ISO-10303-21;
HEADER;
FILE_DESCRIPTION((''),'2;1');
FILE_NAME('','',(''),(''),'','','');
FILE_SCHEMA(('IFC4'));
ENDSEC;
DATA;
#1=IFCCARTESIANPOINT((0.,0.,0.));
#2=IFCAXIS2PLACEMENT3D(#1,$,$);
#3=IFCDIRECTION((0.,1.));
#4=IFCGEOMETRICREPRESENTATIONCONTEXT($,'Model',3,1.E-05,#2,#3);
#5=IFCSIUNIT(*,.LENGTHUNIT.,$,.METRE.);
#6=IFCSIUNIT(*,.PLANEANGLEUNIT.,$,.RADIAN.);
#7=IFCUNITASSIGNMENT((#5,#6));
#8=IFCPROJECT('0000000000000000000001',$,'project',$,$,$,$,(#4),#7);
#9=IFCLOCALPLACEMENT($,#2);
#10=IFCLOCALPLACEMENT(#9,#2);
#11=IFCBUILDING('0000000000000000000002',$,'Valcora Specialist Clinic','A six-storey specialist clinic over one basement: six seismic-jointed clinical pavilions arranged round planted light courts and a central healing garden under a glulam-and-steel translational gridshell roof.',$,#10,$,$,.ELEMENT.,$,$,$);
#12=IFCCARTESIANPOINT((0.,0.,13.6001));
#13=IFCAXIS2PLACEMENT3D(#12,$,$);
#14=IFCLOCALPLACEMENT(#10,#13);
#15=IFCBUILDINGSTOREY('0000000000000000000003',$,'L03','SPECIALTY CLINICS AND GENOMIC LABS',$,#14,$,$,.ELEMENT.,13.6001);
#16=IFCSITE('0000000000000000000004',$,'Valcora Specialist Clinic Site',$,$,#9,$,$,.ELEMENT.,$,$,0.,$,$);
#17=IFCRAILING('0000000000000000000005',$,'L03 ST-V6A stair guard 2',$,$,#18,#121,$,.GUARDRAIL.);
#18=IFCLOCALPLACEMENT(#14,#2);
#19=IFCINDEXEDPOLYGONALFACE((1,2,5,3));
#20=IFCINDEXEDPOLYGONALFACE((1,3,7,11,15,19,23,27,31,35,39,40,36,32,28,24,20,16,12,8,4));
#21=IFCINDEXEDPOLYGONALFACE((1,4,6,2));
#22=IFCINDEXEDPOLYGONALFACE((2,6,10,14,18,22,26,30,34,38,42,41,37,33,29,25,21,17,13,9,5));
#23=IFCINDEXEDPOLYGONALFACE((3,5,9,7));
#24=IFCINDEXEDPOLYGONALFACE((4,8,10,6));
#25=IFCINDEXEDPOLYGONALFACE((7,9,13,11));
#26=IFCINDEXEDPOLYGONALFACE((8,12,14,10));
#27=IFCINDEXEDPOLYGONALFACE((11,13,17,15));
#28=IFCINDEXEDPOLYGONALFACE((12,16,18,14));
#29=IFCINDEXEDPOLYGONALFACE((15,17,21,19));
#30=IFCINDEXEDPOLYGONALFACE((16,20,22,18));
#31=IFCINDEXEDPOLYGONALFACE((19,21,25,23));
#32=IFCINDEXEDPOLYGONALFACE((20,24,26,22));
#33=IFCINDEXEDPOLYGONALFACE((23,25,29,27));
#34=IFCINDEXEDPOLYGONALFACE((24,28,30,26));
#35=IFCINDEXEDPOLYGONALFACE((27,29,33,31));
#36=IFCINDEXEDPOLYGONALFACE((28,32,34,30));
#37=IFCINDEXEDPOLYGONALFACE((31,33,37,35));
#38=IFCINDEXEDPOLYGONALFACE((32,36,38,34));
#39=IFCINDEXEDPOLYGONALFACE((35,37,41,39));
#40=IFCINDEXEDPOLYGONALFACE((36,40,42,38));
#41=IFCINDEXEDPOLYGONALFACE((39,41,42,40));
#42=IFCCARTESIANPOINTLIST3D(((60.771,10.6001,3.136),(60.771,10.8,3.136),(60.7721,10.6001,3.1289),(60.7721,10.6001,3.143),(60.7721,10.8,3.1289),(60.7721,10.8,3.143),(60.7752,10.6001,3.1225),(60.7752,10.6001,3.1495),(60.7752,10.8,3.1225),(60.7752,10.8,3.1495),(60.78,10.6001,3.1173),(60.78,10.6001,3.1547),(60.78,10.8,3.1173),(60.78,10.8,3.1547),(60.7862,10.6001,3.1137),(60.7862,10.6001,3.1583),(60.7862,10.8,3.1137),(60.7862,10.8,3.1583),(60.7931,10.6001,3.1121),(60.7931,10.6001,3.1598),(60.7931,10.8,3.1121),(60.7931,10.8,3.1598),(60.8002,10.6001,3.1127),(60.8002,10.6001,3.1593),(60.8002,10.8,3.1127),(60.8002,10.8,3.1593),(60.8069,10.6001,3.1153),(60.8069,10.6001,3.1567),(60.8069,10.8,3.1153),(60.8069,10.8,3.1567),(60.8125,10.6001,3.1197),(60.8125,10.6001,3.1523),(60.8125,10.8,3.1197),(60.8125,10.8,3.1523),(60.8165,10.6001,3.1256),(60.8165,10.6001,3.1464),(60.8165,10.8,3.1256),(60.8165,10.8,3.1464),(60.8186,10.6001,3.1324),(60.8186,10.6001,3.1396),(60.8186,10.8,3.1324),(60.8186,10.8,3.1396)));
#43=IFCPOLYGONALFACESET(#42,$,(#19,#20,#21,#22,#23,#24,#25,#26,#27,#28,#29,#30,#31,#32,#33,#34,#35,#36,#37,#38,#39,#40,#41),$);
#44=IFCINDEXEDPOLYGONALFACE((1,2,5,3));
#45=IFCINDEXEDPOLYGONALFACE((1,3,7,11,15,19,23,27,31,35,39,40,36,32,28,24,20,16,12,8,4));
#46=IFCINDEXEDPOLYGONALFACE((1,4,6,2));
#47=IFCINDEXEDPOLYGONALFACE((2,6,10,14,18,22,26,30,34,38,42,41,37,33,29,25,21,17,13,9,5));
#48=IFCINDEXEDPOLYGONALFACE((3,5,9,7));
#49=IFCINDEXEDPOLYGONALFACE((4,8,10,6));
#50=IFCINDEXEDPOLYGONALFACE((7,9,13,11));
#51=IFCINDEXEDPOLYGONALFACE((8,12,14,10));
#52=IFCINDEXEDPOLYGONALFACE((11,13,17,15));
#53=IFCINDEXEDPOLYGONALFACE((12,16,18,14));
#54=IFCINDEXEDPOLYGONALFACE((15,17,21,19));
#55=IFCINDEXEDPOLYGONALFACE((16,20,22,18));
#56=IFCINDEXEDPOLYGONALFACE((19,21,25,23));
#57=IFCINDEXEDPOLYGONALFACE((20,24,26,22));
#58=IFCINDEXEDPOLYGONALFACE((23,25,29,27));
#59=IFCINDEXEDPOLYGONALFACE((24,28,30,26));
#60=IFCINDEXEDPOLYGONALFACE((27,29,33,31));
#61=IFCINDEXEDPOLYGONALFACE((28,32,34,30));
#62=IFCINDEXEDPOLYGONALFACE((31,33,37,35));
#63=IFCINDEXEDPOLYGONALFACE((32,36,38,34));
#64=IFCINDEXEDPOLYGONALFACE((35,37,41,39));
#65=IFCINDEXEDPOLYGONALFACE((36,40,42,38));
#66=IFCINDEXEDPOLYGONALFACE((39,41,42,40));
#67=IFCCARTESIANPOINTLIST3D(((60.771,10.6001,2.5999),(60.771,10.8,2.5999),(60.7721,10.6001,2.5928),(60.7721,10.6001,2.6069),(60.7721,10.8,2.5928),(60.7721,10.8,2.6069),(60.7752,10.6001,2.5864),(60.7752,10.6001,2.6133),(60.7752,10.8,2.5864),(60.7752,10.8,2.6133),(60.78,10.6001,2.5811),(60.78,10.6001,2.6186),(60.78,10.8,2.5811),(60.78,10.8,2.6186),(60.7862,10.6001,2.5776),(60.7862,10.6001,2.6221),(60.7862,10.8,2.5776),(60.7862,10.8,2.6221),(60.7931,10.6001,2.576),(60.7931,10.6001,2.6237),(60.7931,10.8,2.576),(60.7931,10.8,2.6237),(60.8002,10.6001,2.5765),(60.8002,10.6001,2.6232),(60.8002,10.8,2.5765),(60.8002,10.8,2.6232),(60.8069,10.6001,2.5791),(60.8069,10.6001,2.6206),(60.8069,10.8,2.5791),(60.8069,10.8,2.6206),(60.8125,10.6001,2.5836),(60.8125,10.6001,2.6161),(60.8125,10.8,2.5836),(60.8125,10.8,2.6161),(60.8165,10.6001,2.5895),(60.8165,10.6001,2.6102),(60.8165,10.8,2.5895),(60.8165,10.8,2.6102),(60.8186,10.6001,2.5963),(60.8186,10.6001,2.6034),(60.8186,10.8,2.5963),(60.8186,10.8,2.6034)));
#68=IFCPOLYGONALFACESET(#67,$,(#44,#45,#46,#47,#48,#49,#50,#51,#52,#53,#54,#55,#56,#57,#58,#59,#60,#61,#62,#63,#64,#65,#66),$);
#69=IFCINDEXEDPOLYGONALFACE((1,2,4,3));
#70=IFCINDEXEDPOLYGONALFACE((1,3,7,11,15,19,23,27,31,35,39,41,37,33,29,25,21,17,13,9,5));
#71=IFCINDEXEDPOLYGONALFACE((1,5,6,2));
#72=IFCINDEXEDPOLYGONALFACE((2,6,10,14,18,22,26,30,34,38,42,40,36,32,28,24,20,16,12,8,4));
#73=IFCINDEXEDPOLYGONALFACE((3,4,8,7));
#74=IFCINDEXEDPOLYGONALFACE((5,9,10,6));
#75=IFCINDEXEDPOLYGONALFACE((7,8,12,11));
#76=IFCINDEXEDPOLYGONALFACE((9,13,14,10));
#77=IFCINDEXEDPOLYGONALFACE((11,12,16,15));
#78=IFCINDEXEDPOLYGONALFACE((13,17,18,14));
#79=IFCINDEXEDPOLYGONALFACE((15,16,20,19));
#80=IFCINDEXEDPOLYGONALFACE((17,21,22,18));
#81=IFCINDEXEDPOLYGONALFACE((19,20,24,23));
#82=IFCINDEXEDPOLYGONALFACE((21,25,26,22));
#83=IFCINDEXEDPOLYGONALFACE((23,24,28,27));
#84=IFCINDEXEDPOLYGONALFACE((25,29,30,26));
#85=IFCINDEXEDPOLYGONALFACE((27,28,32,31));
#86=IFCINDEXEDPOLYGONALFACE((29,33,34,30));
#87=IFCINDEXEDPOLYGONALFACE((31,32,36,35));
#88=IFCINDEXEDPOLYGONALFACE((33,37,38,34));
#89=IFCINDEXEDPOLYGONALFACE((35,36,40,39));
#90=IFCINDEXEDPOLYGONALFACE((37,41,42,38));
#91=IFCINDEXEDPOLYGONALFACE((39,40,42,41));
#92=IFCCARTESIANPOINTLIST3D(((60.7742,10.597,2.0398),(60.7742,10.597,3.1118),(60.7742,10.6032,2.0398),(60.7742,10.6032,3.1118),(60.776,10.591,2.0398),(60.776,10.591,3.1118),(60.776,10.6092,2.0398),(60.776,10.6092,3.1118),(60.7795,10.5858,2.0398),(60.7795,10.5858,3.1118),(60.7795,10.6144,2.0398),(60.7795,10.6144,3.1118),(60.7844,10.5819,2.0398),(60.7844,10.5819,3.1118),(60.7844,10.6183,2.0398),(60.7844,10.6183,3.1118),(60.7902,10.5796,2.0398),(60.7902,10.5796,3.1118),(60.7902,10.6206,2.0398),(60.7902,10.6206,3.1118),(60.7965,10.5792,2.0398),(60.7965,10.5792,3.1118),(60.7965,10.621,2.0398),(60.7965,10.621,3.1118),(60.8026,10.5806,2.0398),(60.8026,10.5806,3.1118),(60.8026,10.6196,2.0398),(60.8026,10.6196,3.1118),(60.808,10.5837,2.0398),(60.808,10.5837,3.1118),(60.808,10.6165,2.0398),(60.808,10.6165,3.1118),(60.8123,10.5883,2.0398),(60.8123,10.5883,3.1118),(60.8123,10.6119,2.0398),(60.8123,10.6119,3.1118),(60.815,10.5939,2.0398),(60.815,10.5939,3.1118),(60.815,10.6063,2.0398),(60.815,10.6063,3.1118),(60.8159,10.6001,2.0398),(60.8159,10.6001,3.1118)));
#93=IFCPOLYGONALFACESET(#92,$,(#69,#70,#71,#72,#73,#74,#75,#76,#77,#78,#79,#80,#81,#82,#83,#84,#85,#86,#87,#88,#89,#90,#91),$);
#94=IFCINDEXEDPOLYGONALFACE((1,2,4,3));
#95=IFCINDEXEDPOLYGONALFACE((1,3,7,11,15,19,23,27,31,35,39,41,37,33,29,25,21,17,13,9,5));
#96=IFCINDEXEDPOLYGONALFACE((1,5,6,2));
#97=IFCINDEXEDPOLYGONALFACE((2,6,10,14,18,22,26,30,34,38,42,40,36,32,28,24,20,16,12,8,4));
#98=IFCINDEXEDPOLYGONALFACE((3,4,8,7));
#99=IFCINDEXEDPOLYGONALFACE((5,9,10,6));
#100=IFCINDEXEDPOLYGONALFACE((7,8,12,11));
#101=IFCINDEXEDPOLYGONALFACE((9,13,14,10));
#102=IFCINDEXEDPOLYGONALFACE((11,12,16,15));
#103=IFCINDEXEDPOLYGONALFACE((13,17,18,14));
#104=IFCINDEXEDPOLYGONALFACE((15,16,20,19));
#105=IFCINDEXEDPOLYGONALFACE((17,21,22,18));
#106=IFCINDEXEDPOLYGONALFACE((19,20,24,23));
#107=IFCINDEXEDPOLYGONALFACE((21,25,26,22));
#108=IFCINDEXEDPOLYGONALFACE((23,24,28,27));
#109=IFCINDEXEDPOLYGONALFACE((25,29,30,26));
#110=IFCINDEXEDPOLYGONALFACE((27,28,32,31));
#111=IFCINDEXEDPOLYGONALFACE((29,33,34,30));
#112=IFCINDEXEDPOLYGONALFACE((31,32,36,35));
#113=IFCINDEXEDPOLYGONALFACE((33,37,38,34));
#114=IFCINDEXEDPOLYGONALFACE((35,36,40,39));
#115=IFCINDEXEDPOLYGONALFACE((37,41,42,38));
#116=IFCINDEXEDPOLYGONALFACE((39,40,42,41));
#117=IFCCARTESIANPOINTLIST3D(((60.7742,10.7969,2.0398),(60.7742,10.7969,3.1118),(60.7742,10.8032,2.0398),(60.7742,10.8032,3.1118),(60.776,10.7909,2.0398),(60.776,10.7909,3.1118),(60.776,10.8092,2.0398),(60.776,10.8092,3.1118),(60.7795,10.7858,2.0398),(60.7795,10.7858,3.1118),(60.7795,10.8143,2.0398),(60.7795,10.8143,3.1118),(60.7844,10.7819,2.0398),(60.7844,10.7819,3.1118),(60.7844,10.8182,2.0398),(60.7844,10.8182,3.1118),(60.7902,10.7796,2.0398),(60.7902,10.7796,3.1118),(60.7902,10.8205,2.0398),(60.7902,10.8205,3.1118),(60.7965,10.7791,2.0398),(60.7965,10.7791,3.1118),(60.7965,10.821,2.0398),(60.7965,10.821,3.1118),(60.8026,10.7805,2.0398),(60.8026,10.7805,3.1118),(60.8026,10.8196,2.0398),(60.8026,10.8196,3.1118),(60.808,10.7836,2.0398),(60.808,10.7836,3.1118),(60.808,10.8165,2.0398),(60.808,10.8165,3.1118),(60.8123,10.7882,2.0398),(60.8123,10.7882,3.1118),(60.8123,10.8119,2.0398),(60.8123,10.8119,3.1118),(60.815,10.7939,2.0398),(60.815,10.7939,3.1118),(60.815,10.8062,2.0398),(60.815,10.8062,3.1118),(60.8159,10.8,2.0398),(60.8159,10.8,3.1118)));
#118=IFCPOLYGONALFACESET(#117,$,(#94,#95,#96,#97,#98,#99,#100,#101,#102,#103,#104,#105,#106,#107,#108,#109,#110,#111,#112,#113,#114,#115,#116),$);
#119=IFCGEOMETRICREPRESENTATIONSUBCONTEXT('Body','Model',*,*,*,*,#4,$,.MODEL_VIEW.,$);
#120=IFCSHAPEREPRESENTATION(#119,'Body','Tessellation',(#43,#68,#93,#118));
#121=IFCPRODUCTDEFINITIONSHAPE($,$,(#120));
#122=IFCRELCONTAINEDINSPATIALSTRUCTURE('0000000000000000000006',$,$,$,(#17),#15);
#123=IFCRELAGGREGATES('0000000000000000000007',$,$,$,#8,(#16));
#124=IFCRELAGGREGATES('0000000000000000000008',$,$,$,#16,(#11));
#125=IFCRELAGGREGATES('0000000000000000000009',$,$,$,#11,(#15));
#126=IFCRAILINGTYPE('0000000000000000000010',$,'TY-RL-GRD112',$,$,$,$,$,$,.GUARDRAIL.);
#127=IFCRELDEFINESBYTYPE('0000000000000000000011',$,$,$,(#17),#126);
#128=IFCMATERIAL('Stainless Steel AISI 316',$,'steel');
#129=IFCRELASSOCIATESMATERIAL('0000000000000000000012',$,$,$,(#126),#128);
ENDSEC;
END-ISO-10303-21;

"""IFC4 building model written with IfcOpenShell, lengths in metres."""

from ifc_helpers import new_model, si_unit, direction, frame, origin, origin_2d, place, context, subcontext, project, spatial, circle, extrude, material, type_object, element, save


model = new_model("IFC4")

# Units and contexts
model_context = context("Model", 3, precision=1e-05, world=origin(), true_north=direction((0.0, 1.0)))
body_context = subcontext(model_context, "Body", "Model", "MODEL_VIEW")
ifc_project = project(units=[si_unit("LENGTHUNIT", "METRE"), si_unit("PLANEANGLEUNIT", "RADIAN")], contexts=[model_context])

# Site, building, storey
site_placement = place(None, origin())
site = spatial("IfcSite", under=ifc_project, at=site_placement, Name="Valcora Specialist Clinic Site", CompositionType="ELEMENT", RefElevation=0.0)
building_placement = place(site_placement, origin())
building = spatial("IfcBuilding", under=site, at=building_placement, Name="Valcora Specialist Clinic", Description="A six-storey specialist clinic over one basement: six seismic-jointed clinical pavilions arranged round planted light courts and a central healing garden under a glulam-and-steel translational gridshell roof.", CompositionType="ELEMENT")
storey_placement = place(building_placement, frame((0.0, 0.0, 13.6001)))
storey = spatial("IfcBuildingStorey", under=building, at=storey_placement, Name="L03", Description="SPECIALTY CLINICS AND GENOMIC LABS", CompositionType="ELEMENT", Elevation=13.6001)

# Shared definitions
ifc_material_1 = material(Name="Stainless Steel AISI 316", Category="steel")

# Railing
railing_type_1 = type_object("IfcRailingType", Name="TY-RL-GRD112", PredefinedType="GUARDRAIL", material=ifc_material_1)
railing_1_placement = place(storey_placement, frame((60.7949, 10.6001, 2.0398)))
element("IfcRailing", 1, at=railing_1_placement, inside=storey, type_object=railing_type_1, Name="L03 ST-V6A stair guard 2", PredefinedType="GUARDRAIL", context=body_context, shape_type="SweptSolid", body=[
    extrude(circle(Radius=0.0239, at=origin_2d()), frame((0.0, 0.0, 1.0962), z_axis=(0.0, 1.0, 0.0), x_axis=(-1.0, 0.0, 0.0)), (0.0, 0.0, 1.0), 0.2),
    extrude(circle(Radius=0.0239, at=origin_2d()), frame((0.0, 0.0, 0.5601), z_axis=(0.0, 1.0, 0.0), x_axis=(-1.0, 0.0, 0.0)), (0.0, 0.0, 1.0), 0.2),
    extrude(circle(Radius=0.021, at=origin_2d()), origin(), (0.0, 0.0, 1.0), 1.072),
    extrude(circle(Radius=0.021, at=origin_2d()), frame((0.0, 0.2, 0.0)), (0.0, 0.0, 1.0), 1.072),
])

save(model, "model.ifc")
